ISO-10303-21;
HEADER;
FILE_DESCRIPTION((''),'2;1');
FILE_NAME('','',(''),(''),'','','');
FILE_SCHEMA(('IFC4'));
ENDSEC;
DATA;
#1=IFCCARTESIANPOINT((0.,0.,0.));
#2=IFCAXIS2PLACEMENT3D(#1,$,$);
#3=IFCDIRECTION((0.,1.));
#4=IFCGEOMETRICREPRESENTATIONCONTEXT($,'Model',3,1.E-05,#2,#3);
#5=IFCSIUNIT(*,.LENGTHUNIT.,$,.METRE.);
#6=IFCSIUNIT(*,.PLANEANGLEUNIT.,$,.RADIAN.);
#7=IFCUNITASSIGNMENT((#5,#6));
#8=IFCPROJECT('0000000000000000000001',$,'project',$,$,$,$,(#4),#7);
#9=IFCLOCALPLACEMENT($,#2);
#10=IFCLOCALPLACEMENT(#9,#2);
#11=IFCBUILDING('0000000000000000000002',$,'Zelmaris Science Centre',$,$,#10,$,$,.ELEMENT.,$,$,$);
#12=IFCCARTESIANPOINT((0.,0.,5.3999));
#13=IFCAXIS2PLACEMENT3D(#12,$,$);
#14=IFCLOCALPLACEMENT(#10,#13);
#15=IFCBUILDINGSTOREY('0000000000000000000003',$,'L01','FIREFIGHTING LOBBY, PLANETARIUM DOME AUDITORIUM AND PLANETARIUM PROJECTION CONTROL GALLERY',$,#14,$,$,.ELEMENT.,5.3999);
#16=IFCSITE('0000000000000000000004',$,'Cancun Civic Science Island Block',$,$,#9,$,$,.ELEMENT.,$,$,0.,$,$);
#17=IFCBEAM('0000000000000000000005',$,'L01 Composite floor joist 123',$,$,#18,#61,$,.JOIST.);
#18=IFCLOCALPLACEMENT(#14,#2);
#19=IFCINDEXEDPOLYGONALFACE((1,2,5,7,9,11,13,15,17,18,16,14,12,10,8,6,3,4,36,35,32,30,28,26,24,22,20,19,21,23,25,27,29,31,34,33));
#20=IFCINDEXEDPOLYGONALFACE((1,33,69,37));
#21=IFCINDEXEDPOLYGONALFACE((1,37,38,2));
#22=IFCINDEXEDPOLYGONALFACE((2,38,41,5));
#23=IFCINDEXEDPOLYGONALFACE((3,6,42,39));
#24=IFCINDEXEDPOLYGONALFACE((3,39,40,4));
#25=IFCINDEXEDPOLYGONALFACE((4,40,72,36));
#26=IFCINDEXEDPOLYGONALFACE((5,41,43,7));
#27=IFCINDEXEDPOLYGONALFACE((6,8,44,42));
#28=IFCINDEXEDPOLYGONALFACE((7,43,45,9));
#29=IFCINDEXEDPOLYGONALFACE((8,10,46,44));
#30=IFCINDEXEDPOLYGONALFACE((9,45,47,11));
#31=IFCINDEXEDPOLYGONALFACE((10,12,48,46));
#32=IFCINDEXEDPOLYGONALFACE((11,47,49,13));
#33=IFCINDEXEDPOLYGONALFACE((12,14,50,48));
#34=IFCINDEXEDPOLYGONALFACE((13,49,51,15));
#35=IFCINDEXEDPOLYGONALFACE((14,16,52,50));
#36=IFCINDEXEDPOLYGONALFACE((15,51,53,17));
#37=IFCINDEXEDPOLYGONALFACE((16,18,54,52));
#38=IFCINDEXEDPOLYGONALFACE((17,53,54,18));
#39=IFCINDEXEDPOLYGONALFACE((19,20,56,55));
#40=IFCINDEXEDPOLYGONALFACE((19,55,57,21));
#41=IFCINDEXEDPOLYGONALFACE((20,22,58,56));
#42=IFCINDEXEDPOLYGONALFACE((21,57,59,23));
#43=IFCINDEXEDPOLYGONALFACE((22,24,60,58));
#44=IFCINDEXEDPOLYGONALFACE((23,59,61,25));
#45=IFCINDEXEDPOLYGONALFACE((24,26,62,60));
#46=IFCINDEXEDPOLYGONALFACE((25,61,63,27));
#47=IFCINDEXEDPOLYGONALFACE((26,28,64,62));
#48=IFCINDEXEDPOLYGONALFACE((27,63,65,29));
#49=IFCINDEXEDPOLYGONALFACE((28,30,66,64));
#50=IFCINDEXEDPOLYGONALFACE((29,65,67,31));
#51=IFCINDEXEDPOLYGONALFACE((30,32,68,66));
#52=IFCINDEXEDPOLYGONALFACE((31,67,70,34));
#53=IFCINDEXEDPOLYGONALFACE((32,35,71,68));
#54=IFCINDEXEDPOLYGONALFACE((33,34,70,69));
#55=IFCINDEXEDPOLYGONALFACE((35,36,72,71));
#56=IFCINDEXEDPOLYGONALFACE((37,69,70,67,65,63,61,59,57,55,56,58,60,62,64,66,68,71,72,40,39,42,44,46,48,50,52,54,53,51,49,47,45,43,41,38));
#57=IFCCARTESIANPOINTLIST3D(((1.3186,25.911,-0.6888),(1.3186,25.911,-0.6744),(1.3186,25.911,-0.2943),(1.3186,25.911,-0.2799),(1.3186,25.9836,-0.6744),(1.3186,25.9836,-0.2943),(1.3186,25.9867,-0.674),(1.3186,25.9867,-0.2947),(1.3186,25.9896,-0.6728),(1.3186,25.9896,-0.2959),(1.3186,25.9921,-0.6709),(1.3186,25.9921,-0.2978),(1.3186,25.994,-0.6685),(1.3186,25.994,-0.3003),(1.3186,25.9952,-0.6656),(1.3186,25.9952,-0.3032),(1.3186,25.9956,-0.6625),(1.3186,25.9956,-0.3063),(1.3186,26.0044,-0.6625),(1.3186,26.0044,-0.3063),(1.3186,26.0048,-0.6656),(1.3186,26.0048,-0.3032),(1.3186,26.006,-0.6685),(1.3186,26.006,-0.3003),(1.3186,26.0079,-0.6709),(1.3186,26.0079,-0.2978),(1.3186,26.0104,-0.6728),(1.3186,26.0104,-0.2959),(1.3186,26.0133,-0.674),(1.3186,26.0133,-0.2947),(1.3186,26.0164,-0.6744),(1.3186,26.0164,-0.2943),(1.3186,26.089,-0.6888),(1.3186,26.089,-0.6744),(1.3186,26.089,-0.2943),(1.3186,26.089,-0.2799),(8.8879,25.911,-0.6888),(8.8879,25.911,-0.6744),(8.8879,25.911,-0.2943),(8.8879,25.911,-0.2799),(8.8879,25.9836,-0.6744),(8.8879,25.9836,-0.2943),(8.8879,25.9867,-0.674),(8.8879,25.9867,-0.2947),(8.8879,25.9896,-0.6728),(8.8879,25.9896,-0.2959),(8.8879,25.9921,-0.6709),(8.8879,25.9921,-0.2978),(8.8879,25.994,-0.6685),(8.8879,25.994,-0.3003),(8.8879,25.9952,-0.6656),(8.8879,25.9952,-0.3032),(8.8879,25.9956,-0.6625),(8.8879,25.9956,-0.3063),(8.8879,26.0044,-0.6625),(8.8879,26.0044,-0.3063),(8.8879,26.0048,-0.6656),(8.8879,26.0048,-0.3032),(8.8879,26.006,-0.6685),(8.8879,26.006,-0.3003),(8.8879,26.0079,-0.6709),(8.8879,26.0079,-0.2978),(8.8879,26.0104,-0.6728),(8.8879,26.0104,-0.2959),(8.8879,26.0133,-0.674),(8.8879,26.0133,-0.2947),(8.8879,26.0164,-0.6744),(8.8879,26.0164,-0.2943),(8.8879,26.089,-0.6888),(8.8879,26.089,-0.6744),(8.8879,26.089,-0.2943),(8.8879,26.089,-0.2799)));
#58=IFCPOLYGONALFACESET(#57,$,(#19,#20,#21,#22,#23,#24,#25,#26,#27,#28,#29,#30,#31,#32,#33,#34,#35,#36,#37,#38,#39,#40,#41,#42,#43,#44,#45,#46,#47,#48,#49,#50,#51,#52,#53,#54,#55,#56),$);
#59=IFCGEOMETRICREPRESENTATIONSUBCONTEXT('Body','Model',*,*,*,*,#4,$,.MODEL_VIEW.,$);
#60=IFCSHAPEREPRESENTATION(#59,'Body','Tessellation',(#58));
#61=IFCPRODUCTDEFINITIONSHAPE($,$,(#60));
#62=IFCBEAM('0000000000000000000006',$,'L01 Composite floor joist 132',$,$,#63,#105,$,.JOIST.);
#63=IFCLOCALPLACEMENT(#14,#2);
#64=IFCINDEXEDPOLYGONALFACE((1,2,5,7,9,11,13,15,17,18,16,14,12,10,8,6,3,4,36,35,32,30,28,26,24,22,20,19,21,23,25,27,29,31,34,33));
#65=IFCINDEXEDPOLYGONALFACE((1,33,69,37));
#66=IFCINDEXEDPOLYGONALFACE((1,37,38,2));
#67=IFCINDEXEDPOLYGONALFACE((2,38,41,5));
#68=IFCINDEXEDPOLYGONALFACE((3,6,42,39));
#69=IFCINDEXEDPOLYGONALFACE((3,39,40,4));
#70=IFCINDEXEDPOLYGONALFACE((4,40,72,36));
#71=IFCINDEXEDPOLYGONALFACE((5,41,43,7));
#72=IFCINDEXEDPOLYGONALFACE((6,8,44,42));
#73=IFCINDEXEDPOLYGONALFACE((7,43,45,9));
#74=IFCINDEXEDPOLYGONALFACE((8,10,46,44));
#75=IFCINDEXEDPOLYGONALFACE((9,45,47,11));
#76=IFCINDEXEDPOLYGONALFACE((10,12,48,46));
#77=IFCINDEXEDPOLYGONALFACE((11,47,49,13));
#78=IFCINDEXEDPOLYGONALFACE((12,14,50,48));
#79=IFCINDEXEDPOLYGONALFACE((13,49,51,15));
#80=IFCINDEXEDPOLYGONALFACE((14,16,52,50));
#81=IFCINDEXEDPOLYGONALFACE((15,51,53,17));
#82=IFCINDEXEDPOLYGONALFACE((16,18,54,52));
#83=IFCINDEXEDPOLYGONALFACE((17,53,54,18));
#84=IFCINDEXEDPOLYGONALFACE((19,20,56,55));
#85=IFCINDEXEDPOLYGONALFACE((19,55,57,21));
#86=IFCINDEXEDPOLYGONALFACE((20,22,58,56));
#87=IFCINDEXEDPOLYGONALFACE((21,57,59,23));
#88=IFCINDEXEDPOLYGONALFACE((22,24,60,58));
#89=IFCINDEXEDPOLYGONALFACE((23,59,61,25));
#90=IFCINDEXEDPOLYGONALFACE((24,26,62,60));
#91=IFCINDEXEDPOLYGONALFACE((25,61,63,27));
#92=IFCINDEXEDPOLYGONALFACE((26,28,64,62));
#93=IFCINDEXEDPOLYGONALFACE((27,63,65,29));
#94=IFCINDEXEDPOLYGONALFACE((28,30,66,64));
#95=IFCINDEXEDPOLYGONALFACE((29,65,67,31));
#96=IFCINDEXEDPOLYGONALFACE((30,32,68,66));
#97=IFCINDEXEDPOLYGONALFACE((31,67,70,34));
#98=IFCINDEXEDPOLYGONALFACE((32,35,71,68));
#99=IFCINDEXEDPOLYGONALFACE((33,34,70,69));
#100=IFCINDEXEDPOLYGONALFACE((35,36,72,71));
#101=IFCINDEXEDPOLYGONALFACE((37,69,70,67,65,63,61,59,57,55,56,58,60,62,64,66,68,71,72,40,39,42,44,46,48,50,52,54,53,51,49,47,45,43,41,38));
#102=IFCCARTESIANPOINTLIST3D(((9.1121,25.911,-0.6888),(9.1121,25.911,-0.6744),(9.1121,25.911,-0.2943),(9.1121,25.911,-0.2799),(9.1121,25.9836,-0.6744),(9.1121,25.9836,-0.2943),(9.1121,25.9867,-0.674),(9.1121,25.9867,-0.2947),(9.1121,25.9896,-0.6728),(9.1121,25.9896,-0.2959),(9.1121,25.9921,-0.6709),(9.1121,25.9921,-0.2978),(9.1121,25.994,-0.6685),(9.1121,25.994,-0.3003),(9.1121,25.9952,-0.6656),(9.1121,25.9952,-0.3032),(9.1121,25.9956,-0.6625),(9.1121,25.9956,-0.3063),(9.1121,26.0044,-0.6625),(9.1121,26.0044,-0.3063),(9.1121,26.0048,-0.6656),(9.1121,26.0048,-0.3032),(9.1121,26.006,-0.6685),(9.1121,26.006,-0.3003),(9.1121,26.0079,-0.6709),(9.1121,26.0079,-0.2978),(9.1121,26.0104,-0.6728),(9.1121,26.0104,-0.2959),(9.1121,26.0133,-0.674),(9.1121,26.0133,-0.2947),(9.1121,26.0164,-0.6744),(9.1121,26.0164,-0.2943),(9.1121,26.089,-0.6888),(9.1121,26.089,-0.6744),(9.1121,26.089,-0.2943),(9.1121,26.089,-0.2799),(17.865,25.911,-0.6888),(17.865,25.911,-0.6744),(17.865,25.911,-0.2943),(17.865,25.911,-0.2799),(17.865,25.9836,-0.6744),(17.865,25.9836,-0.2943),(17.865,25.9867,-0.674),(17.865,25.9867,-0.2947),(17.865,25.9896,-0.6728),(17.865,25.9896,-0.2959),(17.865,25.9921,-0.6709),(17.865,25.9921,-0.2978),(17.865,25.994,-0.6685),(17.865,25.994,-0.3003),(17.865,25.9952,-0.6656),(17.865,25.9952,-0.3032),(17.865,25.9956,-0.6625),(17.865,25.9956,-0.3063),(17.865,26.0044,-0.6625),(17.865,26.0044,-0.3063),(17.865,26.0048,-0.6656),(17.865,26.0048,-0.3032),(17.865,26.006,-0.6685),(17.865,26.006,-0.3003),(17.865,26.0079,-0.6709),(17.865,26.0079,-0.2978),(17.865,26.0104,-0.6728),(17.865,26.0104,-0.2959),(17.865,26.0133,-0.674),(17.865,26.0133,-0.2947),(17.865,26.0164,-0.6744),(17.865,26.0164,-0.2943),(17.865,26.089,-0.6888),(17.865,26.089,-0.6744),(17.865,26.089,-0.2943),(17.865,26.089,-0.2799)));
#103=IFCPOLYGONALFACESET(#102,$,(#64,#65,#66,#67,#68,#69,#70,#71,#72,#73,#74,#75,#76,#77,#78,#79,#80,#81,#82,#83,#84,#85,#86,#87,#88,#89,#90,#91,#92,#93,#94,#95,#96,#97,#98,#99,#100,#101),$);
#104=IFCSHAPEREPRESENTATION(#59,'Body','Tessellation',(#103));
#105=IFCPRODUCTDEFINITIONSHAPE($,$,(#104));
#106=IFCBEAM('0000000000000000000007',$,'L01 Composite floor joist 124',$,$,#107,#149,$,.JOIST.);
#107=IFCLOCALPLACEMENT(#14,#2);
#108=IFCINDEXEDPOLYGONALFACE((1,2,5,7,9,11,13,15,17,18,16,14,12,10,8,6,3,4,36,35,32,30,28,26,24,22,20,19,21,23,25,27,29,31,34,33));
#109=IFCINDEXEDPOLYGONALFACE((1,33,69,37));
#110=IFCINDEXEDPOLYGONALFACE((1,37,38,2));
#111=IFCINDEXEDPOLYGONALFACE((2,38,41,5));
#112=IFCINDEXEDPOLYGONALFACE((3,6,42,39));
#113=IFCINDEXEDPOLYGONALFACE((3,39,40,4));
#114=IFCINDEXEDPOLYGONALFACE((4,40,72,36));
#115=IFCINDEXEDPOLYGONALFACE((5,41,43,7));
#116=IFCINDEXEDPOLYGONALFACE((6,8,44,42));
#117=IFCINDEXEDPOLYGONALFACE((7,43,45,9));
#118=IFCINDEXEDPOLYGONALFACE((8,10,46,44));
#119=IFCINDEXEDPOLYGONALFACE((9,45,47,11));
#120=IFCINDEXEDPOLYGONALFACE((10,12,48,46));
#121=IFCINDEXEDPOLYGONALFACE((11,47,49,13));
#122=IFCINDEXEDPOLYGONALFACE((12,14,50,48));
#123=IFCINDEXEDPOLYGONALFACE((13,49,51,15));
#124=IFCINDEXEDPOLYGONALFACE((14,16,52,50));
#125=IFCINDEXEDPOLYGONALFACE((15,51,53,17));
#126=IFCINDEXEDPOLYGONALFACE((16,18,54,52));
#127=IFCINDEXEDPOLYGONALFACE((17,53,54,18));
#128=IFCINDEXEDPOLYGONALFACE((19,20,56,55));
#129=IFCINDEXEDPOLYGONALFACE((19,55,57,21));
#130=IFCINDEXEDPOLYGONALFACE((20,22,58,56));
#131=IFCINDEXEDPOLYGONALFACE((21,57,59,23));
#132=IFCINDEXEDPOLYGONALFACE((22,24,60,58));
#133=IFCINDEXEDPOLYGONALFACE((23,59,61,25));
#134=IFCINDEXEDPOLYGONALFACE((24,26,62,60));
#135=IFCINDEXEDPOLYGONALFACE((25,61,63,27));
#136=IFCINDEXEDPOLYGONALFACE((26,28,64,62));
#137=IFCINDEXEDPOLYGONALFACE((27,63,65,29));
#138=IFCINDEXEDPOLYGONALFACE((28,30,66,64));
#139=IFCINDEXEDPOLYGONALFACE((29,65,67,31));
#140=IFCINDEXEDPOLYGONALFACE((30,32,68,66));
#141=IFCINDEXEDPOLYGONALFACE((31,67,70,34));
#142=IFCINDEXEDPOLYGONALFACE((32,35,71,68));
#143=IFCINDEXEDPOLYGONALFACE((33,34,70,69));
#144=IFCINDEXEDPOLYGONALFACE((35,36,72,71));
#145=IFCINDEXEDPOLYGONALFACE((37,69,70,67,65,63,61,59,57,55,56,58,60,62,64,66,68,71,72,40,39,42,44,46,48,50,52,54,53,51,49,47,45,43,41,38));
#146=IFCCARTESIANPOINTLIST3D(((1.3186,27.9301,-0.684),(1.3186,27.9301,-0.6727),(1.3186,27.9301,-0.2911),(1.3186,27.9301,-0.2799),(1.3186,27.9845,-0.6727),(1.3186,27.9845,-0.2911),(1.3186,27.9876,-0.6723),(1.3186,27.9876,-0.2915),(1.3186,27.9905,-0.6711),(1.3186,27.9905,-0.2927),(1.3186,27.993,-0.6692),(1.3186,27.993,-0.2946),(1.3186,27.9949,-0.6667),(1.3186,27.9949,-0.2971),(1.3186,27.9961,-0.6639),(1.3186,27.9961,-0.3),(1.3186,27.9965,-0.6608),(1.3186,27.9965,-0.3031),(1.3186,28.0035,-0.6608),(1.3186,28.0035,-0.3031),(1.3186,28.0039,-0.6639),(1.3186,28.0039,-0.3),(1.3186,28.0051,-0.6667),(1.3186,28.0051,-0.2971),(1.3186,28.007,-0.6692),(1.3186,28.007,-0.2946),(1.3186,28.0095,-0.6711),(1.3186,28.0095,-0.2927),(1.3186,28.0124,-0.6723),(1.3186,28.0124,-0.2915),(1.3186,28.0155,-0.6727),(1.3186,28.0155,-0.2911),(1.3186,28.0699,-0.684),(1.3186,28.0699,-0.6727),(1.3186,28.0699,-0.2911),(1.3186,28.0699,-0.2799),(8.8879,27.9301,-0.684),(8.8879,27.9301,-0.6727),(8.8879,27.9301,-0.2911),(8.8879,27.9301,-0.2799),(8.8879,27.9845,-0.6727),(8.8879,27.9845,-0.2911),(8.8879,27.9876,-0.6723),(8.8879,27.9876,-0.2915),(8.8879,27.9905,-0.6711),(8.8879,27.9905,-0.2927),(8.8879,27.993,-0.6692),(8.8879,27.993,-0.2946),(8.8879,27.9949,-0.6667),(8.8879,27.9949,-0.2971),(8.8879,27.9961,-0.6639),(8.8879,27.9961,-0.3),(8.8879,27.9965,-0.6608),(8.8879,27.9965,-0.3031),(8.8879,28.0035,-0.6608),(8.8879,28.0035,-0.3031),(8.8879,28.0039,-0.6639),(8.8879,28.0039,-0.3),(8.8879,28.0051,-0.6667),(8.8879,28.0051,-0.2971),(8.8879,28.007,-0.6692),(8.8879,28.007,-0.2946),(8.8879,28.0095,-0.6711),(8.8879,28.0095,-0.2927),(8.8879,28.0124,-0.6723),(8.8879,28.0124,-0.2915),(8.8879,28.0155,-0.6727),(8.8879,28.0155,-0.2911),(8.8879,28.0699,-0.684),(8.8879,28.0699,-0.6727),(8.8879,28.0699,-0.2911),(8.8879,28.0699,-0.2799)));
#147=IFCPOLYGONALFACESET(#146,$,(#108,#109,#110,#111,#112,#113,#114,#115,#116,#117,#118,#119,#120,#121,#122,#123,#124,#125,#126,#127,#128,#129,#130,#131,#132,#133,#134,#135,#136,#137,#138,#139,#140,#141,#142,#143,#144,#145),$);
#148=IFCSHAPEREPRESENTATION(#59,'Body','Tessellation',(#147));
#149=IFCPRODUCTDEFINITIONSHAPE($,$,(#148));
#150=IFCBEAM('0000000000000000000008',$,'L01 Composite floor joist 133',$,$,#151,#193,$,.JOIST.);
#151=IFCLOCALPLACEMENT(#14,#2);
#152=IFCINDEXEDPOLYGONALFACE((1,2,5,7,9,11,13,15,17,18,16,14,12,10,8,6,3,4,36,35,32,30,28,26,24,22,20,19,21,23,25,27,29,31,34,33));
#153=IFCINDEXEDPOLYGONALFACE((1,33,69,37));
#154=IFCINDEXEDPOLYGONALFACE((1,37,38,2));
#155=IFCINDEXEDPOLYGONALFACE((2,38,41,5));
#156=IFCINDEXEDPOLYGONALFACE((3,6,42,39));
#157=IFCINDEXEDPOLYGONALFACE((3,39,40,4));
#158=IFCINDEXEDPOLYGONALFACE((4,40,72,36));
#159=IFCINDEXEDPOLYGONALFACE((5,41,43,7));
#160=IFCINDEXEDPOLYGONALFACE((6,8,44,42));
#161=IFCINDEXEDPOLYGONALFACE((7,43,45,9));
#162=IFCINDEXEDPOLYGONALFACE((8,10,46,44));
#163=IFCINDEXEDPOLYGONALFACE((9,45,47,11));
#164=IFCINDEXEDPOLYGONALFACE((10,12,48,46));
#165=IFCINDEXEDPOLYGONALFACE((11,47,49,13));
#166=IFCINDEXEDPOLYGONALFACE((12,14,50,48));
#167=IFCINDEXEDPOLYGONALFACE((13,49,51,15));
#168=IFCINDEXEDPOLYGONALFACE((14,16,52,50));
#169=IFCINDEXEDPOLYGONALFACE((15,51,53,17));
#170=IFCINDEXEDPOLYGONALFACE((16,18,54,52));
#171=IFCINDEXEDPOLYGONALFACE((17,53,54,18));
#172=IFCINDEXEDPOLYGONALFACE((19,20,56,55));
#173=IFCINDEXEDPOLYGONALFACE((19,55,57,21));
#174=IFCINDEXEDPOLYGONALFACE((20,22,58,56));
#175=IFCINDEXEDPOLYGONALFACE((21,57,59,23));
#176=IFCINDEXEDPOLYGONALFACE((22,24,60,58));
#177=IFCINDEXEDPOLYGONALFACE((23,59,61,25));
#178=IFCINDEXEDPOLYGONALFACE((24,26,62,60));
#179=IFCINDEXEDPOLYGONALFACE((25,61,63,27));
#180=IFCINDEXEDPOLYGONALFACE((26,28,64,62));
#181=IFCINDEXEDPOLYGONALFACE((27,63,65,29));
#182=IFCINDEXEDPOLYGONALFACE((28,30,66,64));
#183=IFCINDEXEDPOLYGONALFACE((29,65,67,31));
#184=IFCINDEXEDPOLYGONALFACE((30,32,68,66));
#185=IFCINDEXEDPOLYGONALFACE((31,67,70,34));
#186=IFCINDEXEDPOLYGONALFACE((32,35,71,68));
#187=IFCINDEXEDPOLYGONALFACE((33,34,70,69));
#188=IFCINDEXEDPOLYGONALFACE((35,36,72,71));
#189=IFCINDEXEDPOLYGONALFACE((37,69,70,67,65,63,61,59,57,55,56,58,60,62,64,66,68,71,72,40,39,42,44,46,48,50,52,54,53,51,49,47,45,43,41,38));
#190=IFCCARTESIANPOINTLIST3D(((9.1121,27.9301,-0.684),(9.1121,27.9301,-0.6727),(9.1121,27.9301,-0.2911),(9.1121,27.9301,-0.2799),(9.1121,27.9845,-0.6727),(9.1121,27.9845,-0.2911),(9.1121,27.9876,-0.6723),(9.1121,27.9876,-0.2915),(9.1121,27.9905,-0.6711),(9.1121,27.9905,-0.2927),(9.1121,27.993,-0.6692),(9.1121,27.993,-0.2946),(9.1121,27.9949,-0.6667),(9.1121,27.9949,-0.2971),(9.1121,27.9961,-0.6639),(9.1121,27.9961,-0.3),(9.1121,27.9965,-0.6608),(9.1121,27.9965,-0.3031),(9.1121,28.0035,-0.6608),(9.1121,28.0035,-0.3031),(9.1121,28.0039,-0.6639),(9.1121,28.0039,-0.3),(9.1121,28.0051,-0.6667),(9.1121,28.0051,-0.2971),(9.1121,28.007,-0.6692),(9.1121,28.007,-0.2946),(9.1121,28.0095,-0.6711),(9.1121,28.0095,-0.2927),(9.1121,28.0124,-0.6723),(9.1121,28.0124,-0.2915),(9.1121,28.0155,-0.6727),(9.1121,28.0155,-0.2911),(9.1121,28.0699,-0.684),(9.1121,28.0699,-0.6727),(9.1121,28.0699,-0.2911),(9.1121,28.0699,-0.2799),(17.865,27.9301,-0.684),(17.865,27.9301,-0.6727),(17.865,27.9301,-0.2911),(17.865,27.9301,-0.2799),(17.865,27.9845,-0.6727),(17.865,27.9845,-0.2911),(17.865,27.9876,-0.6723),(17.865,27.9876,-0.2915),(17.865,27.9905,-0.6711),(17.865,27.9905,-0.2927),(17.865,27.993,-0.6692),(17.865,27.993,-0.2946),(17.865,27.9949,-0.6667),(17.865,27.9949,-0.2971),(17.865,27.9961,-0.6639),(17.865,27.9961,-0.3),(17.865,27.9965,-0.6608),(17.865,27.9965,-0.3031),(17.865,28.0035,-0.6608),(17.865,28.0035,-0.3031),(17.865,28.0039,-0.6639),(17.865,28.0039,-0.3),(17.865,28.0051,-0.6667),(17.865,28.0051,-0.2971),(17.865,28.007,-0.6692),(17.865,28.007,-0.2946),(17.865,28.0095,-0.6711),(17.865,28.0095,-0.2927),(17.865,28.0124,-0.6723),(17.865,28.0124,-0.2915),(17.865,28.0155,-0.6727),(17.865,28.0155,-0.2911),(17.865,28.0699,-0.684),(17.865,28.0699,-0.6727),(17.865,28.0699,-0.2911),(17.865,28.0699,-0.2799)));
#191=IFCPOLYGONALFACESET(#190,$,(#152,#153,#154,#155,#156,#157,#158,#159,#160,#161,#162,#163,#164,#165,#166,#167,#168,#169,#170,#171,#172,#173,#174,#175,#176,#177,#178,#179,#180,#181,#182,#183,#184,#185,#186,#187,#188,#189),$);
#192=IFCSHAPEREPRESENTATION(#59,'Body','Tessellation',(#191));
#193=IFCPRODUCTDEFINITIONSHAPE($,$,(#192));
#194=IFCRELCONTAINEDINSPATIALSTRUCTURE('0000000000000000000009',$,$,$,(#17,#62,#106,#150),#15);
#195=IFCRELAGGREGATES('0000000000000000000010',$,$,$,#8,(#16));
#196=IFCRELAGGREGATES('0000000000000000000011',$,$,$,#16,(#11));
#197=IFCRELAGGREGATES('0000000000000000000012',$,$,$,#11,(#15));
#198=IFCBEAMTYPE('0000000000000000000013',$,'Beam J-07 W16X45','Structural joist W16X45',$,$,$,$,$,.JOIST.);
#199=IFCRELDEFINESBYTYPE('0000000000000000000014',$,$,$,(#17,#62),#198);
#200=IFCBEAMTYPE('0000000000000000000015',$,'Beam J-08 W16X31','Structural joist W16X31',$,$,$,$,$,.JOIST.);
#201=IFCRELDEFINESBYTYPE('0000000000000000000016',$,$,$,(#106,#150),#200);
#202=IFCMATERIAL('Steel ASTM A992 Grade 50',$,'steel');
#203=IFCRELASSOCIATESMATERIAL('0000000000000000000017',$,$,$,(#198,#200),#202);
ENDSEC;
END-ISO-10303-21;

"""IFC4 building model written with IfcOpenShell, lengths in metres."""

from ifc_helpers import new_model, si_unit, direction, frame, origin, origin_2d, place, context, subcontext, project, spatial, i_section, extrude, material, material_profile, profile_set, type_object, element, save


model = new_model("IFC4")

# Units and contexts
model_context = context("Model", 3, precision=1e-05, world=origin(), true_north=direction((0.0, 1.0)))
body_context = subcontext(model_context, "Body", "Model", "MODEL_VIEW")
ifc_project = project(units=[si_unit("LENGTHUNIT", "METRE"), si_unit("PLANEANGLEUNIT", "RADIAN")], contexts=[model_context])

# Site, building, storey
site_placement = place(None, origin())
site = spatial("IfcSite", under=ifc_project, at=site_placement, Name="Cancun Civic Science Island Block", CompositionType="ELEMENT", RefElevation=0.0)
building_placement = place(site_placement, origin())
building = spatial("IfcBuilding", under=site, at=building_placement, Name="Zelmaris Science Centre", CompositionType="ELEMENT")
storey_placement = place(building_placement, frame((0.0, 0.0, 5.3999)))
storey = spatial("IfcBuildingStorey", under=building, at=storey_placement, Name="L01", Description="FIREFIGHTING LOBBY, PLANETARIUM DOME AUDITORIUM AND PLANETARIUM PROJECTION CONTROL GALLERY", CompositionType="ELEMENT", Elevation=5.3999)

# Shared definitions
ifc_material_1 = material(Name="Steel ASTM A992 Grade 50", Category="steel")

# Beams
ifc_material_profile_1 = material_profile(ifc_material_1, i_section(OverallWidth=0.178, OverallDepth=0.4089, WebThickness=0.0088, FlangeThickness=0.0144, FilletRadius=0.012, at=origin_2d()), Name="W16X45")
ifc_profile_set_1 = profile_set([ifc_material_profile_1], Name="Steel ASTM A992 Grade 50")
beam_type_1 = type_object("IfcBeamType", Name="Beam J-07 W16X45", Description="Structural joist W16X45", PredefinedType="JOIST", material=ifc_profile_set_1)
beam_1_placement = place(storey_placement, frame((1.3186, 26.0, -0.4844), z_axis=(1.0, 0.0, 0.0), x_axis=(0.0, 1.0, 0.0)))
element("IfcBeam", 1, at=beam_1_placement, inside=storey, type_object=beam_type_1, Name="L01 Composite floor joist 123", PredefinedType="JOIST", context=body_context, shape_type="SweptSolid", body=[
    extrude(i_section(OverallWidth=0.178, OverallDepth=0.4089, WebThickness=0.0088, FlangeThickness=0.0144, FilletRadius=0.012, at=origin_2d()), origin(), (0.0, 0.0, 1.0), 7.5693),
])
beam_2_placement = place(storey_placement, frame((9.1121, 26.0, -0.4844), z_axis=(1.0, 0.0, 0.0), x_axis=(0.0, 1.0, 0.0)))
element("IfcBeam", 2, at=beam_2_placement, inside=storey, type_object=beam_type_1, Name="L01 Composite floor joist 132", PredefinedType="JOIST", context=body_context, shape_type="SweptSolid", body=[
    extrude(i_section(OverallWidth=0.178, OverallDepth=0.4089, WebThickness=0.0088, FlangeThickness=0.0144, FilletRadius=0.012, at=origin_2d()), origin(), (0.0, 0.0, 1.0), 8.7529),
])
ifc_material_profile_2 = material_profile(ifc_material_1, i_section(OverallWidth=0.1399, OverallDepth=0.4041, WebThickness=0.0071, FlangeThickness=0.0112, FilletRadius=0.012, at=origin_2d()), Name="W16X31")
ifc_profile_set_2 = profile_set([ifc_material_profile_2], Name="Steel ASTM A992 Grade 50")
beam_type_2 = type_object("IfcBeamType", Name="Beam J-08 W16X31", Description="Structural joist W16X31", PredefinedType="JOIST", material=ifc_profile_set_2)
beam_3_placement = place(storey_placement, frame((1.3186, 28.0, -0.4819), z_axis=(1.0, 0.0, 0.0), x_axis=(0.0, 1.0, 0.0)))
element("IfcBeam", 3, at=beam_3_placement, inside=storey, type_object=beam_type_2, Name="L01 Composite floor joist 124", PredefinedType="JOIST", context=body_context, shape_type="SweptSolid", body=[
    extrude(i_section(OverallWidth=0.1399, OverallDepth=0.4041, WebThickness=0.0071, FlangeThickness=0.0112, FilletRadius=0.012, at=origin_2d()), origin(), (0.0, 0.0, 1.0), 7.5693),
])
beam_4_placement = place(storey_placement, frame((9.1121, 28.0, -0.4819), z_axis=(1.0, 0.0, 0.0), x_axis=(0.0, 1.0, 0.0)))
element("IfcBeam", 4, at=beam_4_placement, inside=storey, type_object=beam_type_2, Name="L01 Composite floor joist 133", PredefinedType="JOIST", context=body_context, shape_type="SweptSolid", body=[
    extrude(i_section(OverallWidth=0.1399, OverallDepth=0.4041, WebThickness=0.0071, FlangeThickness=0.0112, FilletRadius=0.012, at=origin_2d()), origin(), (0.0, 0.0, 1.0), 8.7529),
])

save(model, "model.ifc")
